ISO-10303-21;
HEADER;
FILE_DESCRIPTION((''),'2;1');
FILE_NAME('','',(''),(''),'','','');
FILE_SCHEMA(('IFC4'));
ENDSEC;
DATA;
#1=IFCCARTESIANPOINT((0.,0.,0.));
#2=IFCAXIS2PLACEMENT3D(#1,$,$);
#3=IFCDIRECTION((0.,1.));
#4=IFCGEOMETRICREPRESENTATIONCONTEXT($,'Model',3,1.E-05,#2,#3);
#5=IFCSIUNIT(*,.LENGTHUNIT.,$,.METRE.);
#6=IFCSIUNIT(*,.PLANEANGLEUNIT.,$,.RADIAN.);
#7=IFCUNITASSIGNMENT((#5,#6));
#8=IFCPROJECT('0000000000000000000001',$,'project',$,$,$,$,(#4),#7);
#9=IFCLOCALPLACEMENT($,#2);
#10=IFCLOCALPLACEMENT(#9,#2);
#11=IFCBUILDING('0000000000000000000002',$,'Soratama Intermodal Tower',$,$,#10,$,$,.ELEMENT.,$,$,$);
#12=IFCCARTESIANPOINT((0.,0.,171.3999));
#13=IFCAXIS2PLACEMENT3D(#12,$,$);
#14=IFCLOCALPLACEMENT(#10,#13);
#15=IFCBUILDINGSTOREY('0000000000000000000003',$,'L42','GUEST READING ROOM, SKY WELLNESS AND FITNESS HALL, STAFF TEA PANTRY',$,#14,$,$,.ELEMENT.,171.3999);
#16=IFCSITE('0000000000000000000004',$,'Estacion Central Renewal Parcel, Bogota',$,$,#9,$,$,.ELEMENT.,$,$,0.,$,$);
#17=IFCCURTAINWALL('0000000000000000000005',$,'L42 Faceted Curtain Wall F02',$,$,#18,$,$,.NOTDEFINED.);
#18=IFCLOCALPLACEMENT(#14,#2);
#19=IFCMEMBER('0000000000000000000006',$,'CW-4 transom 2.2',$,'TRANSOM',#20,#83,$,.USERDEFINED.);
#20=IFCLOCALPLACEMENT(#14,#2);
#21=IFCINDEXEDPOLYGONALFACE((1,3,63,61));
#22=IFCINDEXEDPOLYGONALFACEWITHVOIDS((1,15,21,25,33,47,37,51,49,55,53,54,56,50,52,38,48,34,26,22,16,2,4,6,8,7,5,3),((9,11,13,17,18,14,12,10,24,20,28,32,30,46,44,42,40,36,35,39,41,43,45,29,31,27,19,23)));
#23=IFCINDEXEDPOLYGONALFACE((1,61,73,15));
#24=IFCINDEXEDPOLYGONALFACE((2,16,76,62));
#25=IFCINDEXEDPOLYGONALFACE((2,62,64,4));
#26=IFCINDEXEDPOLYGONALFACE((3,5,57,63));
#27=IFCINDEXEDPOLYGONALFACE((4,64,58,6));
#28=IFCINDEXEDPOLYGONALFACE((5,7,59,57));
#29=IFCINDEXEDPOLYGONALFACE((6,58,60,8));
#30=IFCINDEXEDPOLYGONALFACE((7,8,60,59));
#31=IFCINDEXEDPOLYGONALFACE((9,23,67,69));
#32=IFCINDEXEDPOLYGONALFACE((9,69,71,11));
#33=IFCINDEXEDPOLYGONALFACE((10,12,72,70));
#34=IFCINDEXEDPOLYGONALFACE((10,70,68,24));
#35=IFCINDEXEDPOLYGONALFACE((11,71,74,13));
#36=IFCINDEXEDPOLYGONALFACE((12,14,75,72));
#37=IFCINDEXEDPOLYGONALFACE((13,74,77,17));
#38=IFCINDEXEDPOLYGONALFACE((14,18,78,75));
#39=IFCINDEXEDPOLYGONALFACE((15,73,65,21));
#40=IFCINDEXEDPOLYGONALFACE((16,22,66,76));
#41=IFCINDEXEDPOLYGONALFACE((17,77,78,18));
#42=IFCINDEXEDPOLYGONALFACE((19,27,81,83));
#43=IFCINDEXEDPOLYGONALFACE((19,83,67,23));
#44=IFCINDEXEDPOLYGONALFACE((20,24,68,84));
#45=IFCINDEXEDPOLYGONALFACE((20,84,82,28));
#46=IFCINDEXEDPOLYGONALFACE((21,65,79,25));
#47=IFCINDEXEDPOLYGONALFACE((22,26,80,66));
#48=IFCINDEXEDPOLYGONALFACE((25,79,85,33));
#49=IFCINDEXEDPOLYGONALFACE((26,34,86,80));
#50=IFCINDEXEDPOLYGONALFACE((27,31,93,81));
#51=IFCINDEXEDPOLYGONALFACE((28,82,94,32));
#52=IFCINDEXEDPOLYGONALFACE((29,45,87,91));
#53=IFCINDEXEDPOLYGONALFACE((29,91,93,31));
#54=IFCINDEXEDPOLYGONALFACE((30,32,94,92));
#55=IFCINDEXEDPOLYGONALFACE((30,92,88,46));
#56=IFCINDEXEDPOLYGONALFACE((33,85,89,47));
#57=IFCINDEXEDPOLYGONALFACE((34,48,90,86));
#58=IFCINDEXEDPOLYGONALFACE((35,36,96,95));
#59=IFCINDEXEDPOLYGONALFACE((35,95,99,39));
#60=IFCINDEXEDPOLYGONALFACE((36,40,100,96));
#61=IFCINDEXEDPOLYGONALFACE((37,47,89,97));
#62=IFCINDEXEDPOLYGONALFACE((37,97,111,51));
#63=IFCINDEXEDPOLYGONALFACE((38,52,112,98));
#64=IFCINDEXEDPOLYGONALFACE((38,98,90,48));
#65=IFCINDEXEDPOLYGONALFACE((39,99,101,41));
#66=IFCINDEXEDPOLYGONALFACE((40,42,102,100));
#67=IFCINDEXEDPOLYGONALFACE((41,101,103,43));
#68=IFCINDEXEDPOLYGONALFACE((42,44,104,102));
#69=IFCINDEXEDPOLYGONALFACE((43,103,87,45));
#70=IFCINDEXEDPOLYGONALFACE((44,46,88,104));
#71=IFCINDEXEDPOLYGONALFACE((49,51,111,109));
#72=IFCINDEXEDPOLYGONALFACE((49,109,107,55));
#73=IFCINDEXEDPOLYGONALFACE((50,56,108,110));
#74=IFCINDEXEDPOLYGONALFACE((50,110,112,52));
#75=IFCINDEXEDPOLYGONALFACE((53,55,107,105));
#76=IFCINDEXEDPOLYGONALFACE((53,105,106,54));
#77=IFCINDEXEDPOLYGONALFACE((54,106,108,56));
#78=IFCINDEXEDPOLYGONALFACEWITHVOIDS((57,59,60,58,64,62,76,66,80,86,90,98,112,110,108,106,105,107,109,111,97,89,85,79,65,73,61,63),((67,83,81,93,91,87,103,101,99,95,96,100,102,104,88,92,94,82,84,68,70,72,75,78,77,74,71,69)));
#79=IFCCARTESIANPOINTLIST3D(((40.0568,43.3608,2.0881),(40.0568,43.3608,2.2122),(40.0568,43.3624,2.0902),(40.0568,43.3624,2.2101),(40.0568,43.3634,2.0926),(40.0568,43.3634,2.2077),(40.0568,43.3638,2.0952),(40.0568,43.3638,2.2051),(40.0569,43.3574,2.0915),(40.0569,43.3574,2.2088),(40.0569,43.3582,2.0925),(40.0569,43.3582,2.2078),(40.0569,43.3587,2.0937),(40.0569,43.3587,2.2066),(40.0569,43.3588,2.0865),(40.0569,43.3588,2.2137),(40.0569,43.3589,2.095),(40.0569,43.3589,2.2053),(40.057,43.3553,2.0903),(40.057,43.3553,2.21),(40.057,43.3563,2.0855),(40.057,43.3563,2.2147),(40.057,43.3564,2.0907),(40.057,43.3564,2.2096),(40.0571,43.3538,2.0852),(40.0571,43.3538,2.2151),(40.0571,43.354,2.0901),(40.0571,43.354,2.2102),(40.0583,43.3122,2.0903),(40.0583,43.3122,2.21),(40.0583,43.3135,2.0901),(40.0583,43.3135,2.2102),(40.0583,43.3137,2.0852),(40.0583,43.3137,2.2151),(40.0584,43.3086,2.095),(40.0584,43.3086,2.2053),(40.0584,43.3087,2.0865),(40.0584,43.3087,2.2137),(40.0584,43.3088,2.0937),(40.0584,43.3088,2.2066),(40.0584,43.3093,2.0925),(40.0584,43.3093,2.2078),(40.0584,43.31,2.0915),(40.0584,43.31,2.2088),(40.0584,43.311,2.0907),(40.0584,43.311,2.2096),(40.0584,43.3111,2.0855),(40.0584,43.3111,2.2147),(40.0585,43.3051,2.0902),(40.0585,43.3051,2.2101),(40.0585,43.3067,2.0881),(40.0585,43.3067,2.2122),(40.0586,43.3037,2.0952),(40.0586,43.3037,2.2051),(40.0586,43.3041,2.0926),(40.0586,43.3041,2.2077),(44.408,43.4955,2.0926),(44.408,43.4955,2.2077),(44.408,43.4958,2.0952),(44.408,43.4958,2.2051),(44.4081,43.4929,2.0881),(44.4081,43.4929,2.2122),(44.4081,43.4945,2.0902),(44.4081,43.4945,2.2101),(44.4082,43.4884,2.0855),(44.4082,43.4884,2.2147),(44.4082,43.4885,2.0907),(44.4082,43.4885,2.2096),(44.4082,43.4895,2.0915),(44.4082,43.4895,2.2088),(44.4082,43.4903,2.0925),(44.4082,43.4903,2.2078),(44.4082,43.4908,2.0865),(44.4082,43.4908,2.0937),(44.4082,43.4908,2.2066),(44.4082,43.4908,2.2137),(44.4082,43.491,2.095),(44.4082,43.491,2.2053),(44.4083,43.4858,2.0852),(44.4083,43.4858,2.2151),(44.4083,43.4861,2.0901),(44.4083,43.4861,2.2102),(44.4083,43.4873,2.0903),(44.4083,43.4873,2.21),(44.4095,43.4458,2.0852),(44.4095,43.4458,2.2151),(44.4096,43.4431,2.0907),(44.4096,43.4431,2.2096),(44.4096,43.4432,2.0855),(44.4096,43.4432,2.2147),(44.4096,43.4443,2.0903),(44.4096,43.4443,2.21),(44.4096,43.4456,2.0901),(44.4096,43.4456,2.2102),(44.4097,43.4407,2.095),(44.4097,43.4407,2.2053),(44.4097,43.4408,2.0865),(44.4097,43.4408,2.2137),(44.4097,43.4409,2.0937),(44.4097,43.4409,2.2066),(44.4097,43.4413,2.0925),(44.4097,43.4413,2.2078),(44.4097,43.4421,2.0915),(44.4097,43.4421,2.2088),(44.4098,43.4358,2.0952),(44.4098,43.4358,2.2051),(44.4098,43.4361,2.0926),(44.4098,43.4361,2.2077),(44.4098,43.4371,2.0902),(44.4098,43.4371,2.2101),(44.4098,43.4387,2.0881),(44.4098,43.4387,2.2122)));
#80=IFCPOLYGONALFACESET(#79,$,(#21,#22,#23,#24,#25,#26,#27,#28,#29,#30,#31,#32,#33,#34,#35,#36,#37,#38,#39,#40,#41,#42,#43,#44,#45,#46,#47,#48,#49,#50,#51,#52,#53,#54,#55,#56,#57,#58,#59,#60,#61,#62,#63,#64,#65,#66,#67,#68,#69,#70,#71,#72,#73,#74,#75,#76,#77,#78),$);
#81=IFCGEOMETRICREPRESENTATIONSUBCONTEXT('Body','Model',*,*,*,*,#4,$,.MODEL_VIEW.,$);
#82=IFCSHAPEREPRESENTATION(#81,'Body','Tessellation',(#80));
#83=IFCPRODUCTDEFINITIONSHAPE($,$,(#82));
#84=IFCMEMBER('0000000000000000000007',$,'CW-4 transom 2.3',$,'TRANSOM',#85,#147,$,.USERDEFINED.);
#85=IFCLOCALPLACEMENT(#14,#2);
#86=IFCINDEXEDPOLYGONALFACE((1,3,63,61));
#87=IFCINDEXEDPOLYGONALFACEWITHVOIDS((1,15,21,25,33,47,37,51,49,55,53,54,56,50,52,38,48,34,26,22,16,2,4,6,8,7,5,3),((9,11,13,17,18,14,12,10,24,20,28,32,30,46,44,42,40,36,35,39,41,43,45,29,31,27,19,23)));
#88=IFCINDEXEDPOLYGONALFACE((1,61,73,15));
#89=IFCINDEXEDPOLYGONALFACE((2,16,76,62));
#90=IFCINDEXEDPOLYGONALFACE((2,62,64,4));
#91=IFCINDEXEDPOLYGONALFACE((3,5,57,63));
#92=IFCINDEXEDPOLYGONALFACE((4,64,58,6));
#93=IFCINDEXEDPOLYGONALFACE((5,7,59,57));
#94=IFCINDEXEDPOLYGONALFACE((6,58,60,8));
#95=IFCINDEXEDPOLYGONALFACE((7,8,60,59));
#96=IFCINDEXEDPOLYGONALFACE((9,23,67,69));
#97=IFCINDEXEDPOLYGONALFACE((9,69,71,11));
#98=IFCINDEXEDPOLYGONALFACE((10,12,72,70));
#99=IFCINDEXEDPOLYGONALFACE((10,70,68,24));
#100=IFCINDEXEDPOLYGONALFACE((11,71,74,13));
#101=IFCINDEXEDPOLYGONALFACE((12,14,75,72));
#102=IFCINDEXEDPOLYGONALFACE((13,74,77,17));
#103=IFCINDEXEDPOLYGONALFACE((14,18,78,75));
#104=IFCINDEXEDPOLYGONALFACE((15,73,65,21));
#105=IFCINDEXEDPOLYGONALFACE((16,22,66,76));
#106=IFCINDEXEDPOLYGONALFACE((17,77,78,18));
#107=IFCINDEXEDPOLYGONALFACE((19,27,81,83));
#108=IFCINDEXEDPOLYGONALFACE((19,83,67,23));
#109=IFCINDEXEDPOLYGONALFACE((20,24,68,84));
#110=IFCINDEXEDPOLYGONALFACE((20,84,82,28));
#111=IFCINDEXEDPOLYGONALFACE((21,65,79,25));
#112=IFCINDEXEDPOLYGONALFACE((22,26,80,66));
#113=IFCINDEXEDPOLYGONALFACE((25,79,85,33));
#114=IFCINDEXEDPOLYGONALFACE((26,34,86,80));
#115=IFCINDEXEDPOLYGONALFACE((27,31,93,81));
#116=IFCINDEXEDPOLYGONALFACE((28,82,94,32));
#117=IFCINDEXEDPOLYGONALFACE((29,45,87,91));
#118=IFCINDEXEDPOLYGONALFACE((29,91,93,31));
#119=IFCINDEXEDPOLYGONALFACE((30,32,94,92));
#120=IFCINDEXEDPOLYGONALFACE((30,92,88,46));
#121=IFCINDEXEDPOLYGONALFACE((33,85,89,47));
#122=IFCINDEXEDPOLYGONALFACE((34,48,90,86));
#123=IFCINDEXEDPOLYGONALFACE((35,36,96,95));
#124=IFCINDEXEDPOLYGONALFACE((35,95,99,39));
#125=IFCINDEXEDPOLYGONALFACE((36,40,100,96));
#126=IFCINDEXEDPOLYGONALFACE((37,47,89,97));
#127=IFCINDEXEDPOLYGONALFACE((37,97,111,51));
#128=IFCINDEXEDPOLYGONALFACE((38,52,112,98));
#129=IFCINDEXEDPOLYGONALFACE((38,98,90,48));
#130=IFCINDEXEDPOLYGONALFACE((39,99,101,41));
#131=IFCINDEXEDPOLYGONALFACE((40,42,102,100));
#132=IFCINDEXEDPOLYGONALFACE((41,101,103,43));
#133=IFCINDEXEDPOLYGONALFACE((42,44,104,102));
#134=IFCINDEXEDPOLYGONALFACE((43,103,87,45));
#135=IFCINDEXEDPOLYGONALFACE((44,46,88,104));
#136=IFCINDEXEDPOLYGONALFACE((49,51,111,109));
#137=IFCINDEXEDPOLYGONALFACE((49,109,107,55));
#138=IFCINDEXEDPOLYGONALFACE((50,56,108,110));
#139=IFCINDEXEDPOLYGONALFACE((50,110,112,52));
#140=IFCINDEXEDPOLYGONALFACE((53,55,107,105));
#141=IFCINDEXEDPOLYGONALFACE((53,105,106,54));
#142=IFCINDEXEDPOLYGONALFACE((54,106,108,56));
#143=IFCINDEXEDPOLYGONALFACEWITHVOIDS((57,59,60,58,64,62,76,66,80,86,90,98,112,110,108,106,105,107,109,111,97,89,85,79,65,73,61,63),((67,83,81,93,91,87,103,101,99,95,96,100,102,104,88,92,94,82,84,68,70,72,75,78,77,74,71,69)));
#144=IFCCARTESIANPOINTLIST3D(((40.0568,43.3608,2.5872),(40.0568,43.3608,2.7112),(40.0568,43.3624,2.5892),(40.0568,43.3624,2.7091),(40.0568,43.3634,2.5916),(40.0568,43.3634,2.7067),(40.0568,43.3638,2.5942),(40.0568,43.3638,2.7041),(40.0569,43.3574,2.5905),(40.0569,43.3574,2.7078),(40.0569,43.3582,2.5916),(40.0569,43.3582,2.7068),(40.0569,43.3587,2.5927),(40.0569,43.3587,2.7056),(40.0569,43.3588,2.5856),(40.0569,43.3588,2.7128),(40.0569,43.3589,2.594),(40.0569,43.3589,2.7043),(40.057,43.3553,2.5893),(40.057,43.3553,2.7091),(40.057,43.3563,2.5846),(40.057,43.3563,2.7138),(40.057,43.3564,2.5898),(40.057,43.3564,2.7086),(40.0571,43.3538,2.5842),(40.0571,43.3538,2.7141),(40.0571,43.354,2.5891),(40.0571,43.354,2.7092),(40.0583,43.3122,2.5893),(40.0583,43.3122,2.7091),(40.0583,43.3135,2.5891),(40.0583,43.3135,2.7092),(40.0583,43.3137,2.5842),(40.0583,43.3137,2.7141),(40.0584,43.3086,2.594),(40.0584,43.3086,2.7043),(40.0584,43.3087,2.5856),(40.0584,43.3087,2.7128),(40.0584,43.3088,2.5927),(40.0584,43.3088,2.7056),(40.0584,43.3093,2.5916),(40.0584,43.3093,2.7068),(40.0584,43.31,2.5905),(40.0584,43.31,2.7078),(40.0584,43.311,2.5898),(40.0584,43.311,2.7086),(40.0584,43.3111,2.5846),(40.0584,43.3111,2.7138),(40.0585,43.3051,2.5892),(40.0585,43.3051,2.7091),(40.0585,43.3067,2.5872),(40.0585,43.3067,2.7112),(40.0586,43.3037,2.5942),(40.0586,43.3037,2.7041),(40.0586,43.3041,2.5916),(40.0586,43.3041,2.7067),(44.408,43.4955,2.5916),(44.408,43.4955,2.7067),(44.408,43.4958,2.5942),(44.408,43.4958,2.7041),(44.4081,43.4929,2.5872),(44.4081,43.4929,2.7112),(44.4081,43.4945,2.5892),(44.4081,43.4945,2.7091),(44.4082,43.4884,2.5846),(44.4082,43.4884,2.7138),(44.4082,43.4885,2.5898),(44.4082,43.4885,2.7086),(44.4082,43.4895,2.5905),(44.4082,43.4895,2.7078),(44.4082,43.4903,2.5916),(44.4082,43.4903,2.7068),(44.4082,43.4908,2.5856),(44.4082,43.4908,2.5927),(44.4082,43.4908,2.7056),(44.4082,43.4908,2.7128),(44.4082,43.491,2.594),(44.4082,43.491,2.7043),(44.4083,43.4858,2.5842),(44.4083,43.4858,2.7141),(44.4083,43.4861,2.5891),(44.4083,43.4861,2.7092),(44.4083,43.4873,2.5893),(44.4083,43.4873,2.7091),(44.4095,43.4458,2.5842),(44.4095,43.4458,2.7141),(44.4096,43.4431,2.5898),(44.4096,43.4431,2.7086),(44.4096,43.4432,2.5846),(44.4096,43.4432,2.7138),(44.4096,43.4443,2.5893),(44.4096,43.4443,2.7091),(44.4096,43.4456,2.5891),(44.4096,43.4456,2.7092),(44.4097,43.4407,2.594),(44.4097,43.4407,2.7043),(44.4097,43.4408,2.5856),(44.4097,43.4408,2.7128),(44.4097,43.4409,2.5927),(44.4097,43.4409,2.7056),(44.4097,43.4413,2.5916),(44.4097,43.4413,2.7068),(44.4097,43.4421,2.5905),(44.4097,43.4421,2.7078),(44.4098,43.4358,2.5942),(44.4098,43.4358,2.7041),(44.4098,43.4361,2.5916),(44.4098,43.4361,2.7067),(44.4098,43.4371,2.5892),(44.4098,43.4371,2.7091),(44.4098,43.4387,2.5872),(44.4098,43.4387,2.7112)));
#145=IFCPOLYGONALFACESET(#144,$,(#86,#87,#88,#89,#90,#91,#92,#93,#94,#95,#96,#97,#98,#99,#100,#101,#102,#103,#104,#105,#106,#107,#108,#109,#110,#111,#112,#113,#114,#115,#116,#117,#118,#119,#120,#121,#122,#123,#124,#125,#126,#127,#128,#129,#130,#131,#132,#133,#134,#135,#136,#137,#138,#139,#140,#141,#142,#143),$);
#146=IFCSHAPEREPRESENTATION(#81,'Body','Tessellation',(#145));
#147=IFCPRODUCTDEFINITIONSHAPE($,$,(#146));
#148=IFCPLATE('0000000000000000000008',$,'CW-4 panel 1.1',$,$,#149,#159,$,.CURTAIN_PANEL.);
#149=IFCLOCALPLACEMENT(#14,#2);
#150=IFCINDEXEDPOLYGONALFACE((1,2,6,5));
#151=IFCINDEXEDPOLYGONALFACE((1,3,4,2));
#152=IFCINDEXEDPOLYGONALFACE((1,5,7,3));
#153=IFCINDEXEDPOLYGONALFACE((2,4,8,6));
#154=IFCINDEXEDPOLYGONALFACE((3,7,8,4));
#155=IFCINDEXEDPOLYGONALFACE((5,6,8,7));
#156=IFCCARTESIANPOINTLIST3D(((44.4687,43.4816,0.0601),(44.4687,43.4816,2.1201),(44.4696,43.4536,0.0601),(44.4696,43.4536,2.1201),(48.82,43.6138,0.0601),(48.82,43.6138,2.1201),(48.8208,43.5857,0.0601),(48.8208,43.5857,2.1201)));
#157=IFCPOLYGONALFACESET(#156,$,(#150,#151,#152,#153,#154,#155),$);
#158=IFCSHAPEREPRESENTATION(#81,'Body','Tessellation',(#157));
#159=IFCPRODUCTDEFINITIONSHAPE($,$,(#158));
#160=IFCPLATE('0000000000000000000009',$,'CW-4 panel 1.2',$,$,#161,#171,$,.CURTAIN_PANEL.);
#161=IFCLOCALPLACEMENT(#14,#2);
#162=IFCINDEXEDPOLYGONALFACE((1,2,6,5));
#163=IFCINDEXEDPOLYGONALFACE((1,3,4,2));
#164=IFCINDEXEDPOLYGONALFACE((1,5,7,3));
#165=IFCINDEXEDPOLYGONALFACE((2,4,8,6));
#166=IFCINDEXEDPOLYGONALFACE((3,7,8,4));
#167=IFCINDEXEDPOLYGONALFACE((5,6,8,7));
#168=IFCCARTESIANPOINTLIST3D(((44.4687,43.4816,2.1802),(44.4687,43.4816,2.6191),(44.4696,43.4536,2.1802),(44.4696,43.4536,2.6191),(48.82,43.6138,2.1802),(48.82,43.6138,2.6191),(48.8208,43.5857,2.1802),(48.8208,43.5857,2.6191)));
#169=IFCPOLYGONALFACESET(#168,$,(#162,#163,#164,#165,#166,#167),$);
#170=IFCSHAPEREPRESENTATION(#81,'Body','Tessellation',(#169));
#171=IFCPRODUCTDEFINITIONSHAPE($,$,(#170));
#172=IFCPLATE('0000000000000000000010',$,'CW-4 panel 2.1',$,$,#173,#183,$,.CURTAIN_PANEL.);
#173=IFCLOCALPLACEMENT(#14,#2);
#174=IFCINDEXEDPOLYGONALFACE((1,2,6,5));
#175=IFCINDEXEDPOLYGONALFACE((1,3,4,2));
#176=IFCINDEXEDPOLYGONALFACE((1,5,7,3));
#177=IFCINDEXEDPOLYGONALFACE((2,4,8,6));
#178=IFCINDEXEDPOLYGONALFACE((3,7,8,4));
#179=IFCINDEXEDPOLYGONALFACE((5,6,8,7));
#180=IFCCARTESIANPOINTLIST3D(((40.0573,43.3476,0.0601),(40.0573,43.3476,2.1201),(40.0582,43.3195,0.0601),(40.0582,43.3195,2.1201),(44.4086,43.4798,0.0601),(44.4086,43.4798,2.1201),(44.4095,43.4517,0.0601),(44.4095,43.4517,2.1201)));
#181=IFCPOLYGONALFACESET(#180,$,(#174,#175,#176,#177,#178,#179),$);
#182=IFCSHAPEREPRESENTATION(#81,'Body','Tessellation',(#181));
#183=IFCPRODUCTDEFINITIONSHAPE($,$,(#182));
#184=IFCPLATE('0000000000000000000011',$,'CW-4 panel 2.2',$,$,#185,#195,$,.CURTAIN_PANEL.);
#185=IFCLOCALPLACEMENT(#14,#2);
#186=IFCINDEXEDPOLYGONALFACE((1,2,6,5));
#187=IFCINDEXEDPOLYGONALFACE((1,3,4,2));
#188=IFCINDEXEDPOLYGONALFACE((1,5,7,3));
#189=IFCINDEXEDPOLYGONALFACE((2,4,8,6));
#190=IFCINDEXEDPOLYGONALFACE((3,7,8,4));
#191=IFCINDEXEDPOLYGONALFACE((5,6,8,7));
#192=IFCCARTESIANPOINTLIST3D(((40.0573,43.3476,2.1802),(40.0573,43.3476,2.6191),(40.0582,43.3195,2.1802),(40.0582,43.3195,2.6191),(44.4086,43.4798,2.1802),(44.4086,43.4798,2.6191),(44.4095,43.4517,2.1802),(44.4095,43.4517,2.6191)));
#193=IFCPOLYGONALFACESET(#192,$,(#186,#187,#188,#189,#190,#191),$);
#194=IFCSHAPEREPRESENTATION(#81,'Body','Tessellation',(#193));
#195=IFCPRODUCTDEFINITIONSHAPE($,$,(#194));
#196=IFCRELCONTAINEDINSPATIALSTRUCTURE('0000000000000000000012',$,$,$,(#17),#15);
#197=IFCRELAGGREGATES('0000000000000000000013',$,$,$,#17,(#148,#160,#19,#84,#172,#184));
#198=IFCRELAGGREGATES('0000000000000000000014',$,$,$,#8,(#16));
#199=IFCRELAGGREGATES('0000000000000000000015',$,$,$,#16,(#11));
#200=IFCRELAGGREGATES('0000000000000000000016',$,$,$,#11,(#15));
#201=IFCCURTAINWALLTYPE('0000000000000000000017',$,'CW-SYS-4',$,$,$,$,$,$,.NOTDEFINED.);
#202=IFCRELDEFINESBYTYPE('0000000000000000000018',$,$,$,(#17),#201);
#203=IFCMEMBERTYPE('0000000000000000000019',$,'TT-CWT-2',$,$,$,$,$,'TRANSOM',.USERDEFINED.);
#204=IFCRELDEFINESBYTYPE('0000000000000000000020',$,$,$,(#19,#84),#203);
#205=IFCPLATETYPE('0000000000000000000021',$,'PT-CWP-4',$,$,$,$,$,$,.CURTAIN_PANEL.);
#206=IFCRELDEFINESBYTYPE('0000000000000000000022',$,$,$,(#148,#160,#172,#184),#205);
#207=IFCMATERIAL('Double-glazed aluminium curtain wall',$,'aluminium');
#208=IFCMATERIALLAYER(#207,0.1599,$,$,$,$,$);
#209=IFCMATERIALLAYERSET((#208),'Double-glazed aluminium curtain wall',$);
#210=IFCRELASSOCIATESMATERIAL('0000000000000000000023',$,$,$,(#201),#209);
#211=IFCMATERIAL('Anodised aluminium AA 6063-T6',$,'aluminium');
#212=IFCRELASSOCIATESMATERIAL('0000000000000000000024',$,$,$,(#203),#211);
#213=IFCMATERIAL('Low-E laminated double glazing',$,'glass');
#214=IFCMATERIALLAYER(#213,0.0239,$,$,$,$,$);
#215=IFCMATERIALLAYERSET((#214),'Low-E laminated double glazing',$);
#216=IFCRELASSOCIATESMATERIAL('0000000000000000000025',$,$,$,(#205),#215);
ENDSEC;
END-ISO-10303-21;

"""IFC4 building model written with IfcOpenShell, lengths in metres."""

from ifc_helpers import new_model, si_unit, direction, frame, origin, origin_2d, place, context, subcontext, project, spatial, rectangle, hollow_rectangle, extrude, material, layer, layer_set, material_profile, profile_set, type_object, element, aggregate, save


model = new_model("IFC4")

# Units and contexts
model_context = context("Model", 3, precision=1e-05, world=origin(), true_north=direction((0.0, 1.0)))
body_context = subcontext(model_context, "Body", "Model", "MODEL_VIEW")
ifc_project = project(units=[si_unit("LENGTHUNIT", "METRE"), si_unit("PLANEANGLEUNIT", "RADIAN")], contexts=[model_context])

# Site, building, storey
site_placement = place(None, origin())
site = spatial("IfcSite", under=ifc_project, at=site_placement, Name="Estacion Central Renewal Parcel, Bogota", CompositionType="ELEMENT", RefElevation=0.0)
building_placement = place(site_placement, origin())
building = spatial("IfcBuilding", under=site, at=building_placement, Name="Soratama Intermodal Tower", CompositionType="ELEMENT")
storey_placement = place(building_placement, frame((0.0, 0.0, 171.3999)))
storey = spatial("IfcBuildingStorey", under=building, at=storey_placement, Name="L42", Description="GUEST READING ROOM, SKY WELLNESS AND FITNESS HALL, STAFF TEA PANTRY", CompositionType="ELEMENT", Elevation=171.3999)

# Curtain wall, members, plates
ifc_material_1 = material(Name="Double-glazed aluminium curtain wall", Category="aluminium")
ifc_layer_1 = layer(ifc_material_1, 0.1599)
ifc_layer_set_1 = layer_set([ifc_layer_1], Name="Double-glazed aluminium curtain wall")
curtain_wall_type = type_object("IfcCurtainWallType", Name="CW-SYS-4", PredefinedType="NOTDEFINED", material=ifc_layer_set_1)
curtain_wall_placement = place(storey_placement, origin())
curtain_wall = element("IfcCurtainWall", 1, at=curtain_wall_placement, inside=storey, type_object=curtain_wall_type, Name="L42 Faceted Curtain Wall F02", PredefinedType="NOTDEFINED")
ifc_material_2 = material(Name="Anodised aluminium AA 6063-T6", Category="aluminium")
ifc_material_profile_1 = material_profile(ifc_material_2, hollow_rectangle(XDim=0.0601, YDim=0.1299, WallThickness=0.0049, InnerFilletRadius=0.0049, OuterFilletRadius=0.01, at=origin_2d()), Name="CWT130X60X5")
ifc_profile_set_1 = profile_set([ifc_material_profile_1], Name="Anodised aluminium AA 6063-T6")
member_type_1 = type_object("IfcMemberType", Name="TT-CWT-2", ElementType="TRANSOM", PredefinedType="USERDEFINED", material=ifc_profile_set_1)
member_1_placement = place(storey_placement, frame((44.4089, 43.4658, 2.1501), z_axis=(-0.99954, -0.03034, 0.0), x_axis=(0.03034, -0.99954, 0.0)))
member_1 = element("IfcMember", 2, at=member_1_placement, type_object=member_type_1, Name="CW-4 transom 2.2", ObjectType="TRANSOM", PredefinedType="USERDEFINED", context=body_context, shape_type="SweptSolid", body=[
    extrude(hollow_rectangle(XDim=0.0601, YDim=0.1299, WallThickness=0.0049, InnerFilletRadius=0.0049, OuterFilletRadius=0.01, at=origin_2d()), origin(), (0.0, 0.0, 1.0), 4.3533),
])
member_2_placement = place(storey_placement, frame((44.4089, 43.4658, 2.6492), z_axis=(-0.99954, -0.03034, 0.0), x_axis=(0.03034, -0.99954, 0.0)))
member_2 = element("IfcMember", 3, at=member_2_placement, type_object=member_type_1, Name="CW-4 transom 2.3", ObjectType="TRANSOM", PredefinedType="USERDEFINED", context=body_context, shape_type="SweptSolid", body=[
    extrude(hollow_rectangle(XDim=0.0601, YDim=0.1299, WallThickness=0.0049, InnerFilletRadius=0.0049, OuterFilletRadius=0.01, at=origin_2d()), origin(), (0.0, 0.0, 1.0), 4.3533),
])
ifc_material_3 = material(Name="Low-E laminated double glazing", Category="glass")
ifc_layer_2 = layer(ifc_material_3, 0.0239)
ifc_layer_set_2 = layer_set([ifc_layer_2], Name="Low-E laminated double glazing")
plate_type = type_object("IfcPlateType", Name="PT-CWP-4", PredefinedType="CURTAIN_PANEL", material=ifc_layer_set_2)
plate_1_placement = place(storey_placement, frame((46.6448, 43.5337, 0.0601), z_axis=(0.0, 0.0, 1.0), x_axis=(-0.999539, -0.03036, 0.0)))
plate_1 = element("IfcPlate", 4, at=plate_1_placement, type_object=plate_type, Name="CW-4 panel 1.1", PredefinedType="CURTAIN_PANEL", context=body_context, shape_type="SweptSolid", body=[
    extrude(rectangle(XDim=4.3533, YDim=0.0281, at=origin_2d()), origin(), (0.0, 0.0, 1.0), 2.0601),
])
plate_2_placement = place(storey_placement, frame((46.6448, 43.5337, 2.1802), z_axis=(0.0, 0.0, 1.0), x_axis=(-0.999539, -0.03036, 0.0)))
plate_2 = element("IfcPlate", 5, at=plate_2_placement, type_object=plate_type, Name="CW-4 panel 1.2", PredefinedType="CURTAIN_PANEL", context=body_context, shape_type="SweptSolid", body=[
    extrude(rectangle(XDim=4.3533, YDim=0.0281, at=origin_2d()), origin(), (0.0, 0.0, 1.0), 0.439),
])
plate_3_placement = place(storey_placement, frame((42.2334, 43.3997, 0.0601), z_axis=(0.0, 0.0, 1.0), x_axis=(-0.999539, -0.03036, 0.0)))
plate_3 = element("IfcPlate", 6, at=plate_3_placement, type_object=plate_type, Name="CW-4 panel 2.1", PredefinedType="CURTAIN_PANEL", context=body_context, shape_type="SweptSolid", body=[
    extrude(rectangle(XDim=4.3533, YDim=0.0281, at=origin_2d()), origin(), (0.0, 0.0, 1.0), 2.0601),
])
plate_4_placement = place(storey_placement, frame((42.2334, 43.3997, 2.1802), z_axis=(0.0, 0.0, 1.0), x_axis=(-0.999539, -0.03036, 0.0)))
plate_4 = element("IfcPlate", 7, at=plate_4_placement, type_object=plate_type, Name="CW-4 panel 2.2", PredefinedType="CURTAIN_PANEL", context=body_context, shape_type="SweptSolid", body=[
    extrude(rectangle(XDim=4.3533, YDim=0.0281, at=origin_2d()), origin(), (0.0, 0.0, 1.0), 0.439),
])
aggregate(curtain_wall, [plate_1, plate_2, member_1, member_2, plate_3, plate_4])

save(model, "model.ifc")
